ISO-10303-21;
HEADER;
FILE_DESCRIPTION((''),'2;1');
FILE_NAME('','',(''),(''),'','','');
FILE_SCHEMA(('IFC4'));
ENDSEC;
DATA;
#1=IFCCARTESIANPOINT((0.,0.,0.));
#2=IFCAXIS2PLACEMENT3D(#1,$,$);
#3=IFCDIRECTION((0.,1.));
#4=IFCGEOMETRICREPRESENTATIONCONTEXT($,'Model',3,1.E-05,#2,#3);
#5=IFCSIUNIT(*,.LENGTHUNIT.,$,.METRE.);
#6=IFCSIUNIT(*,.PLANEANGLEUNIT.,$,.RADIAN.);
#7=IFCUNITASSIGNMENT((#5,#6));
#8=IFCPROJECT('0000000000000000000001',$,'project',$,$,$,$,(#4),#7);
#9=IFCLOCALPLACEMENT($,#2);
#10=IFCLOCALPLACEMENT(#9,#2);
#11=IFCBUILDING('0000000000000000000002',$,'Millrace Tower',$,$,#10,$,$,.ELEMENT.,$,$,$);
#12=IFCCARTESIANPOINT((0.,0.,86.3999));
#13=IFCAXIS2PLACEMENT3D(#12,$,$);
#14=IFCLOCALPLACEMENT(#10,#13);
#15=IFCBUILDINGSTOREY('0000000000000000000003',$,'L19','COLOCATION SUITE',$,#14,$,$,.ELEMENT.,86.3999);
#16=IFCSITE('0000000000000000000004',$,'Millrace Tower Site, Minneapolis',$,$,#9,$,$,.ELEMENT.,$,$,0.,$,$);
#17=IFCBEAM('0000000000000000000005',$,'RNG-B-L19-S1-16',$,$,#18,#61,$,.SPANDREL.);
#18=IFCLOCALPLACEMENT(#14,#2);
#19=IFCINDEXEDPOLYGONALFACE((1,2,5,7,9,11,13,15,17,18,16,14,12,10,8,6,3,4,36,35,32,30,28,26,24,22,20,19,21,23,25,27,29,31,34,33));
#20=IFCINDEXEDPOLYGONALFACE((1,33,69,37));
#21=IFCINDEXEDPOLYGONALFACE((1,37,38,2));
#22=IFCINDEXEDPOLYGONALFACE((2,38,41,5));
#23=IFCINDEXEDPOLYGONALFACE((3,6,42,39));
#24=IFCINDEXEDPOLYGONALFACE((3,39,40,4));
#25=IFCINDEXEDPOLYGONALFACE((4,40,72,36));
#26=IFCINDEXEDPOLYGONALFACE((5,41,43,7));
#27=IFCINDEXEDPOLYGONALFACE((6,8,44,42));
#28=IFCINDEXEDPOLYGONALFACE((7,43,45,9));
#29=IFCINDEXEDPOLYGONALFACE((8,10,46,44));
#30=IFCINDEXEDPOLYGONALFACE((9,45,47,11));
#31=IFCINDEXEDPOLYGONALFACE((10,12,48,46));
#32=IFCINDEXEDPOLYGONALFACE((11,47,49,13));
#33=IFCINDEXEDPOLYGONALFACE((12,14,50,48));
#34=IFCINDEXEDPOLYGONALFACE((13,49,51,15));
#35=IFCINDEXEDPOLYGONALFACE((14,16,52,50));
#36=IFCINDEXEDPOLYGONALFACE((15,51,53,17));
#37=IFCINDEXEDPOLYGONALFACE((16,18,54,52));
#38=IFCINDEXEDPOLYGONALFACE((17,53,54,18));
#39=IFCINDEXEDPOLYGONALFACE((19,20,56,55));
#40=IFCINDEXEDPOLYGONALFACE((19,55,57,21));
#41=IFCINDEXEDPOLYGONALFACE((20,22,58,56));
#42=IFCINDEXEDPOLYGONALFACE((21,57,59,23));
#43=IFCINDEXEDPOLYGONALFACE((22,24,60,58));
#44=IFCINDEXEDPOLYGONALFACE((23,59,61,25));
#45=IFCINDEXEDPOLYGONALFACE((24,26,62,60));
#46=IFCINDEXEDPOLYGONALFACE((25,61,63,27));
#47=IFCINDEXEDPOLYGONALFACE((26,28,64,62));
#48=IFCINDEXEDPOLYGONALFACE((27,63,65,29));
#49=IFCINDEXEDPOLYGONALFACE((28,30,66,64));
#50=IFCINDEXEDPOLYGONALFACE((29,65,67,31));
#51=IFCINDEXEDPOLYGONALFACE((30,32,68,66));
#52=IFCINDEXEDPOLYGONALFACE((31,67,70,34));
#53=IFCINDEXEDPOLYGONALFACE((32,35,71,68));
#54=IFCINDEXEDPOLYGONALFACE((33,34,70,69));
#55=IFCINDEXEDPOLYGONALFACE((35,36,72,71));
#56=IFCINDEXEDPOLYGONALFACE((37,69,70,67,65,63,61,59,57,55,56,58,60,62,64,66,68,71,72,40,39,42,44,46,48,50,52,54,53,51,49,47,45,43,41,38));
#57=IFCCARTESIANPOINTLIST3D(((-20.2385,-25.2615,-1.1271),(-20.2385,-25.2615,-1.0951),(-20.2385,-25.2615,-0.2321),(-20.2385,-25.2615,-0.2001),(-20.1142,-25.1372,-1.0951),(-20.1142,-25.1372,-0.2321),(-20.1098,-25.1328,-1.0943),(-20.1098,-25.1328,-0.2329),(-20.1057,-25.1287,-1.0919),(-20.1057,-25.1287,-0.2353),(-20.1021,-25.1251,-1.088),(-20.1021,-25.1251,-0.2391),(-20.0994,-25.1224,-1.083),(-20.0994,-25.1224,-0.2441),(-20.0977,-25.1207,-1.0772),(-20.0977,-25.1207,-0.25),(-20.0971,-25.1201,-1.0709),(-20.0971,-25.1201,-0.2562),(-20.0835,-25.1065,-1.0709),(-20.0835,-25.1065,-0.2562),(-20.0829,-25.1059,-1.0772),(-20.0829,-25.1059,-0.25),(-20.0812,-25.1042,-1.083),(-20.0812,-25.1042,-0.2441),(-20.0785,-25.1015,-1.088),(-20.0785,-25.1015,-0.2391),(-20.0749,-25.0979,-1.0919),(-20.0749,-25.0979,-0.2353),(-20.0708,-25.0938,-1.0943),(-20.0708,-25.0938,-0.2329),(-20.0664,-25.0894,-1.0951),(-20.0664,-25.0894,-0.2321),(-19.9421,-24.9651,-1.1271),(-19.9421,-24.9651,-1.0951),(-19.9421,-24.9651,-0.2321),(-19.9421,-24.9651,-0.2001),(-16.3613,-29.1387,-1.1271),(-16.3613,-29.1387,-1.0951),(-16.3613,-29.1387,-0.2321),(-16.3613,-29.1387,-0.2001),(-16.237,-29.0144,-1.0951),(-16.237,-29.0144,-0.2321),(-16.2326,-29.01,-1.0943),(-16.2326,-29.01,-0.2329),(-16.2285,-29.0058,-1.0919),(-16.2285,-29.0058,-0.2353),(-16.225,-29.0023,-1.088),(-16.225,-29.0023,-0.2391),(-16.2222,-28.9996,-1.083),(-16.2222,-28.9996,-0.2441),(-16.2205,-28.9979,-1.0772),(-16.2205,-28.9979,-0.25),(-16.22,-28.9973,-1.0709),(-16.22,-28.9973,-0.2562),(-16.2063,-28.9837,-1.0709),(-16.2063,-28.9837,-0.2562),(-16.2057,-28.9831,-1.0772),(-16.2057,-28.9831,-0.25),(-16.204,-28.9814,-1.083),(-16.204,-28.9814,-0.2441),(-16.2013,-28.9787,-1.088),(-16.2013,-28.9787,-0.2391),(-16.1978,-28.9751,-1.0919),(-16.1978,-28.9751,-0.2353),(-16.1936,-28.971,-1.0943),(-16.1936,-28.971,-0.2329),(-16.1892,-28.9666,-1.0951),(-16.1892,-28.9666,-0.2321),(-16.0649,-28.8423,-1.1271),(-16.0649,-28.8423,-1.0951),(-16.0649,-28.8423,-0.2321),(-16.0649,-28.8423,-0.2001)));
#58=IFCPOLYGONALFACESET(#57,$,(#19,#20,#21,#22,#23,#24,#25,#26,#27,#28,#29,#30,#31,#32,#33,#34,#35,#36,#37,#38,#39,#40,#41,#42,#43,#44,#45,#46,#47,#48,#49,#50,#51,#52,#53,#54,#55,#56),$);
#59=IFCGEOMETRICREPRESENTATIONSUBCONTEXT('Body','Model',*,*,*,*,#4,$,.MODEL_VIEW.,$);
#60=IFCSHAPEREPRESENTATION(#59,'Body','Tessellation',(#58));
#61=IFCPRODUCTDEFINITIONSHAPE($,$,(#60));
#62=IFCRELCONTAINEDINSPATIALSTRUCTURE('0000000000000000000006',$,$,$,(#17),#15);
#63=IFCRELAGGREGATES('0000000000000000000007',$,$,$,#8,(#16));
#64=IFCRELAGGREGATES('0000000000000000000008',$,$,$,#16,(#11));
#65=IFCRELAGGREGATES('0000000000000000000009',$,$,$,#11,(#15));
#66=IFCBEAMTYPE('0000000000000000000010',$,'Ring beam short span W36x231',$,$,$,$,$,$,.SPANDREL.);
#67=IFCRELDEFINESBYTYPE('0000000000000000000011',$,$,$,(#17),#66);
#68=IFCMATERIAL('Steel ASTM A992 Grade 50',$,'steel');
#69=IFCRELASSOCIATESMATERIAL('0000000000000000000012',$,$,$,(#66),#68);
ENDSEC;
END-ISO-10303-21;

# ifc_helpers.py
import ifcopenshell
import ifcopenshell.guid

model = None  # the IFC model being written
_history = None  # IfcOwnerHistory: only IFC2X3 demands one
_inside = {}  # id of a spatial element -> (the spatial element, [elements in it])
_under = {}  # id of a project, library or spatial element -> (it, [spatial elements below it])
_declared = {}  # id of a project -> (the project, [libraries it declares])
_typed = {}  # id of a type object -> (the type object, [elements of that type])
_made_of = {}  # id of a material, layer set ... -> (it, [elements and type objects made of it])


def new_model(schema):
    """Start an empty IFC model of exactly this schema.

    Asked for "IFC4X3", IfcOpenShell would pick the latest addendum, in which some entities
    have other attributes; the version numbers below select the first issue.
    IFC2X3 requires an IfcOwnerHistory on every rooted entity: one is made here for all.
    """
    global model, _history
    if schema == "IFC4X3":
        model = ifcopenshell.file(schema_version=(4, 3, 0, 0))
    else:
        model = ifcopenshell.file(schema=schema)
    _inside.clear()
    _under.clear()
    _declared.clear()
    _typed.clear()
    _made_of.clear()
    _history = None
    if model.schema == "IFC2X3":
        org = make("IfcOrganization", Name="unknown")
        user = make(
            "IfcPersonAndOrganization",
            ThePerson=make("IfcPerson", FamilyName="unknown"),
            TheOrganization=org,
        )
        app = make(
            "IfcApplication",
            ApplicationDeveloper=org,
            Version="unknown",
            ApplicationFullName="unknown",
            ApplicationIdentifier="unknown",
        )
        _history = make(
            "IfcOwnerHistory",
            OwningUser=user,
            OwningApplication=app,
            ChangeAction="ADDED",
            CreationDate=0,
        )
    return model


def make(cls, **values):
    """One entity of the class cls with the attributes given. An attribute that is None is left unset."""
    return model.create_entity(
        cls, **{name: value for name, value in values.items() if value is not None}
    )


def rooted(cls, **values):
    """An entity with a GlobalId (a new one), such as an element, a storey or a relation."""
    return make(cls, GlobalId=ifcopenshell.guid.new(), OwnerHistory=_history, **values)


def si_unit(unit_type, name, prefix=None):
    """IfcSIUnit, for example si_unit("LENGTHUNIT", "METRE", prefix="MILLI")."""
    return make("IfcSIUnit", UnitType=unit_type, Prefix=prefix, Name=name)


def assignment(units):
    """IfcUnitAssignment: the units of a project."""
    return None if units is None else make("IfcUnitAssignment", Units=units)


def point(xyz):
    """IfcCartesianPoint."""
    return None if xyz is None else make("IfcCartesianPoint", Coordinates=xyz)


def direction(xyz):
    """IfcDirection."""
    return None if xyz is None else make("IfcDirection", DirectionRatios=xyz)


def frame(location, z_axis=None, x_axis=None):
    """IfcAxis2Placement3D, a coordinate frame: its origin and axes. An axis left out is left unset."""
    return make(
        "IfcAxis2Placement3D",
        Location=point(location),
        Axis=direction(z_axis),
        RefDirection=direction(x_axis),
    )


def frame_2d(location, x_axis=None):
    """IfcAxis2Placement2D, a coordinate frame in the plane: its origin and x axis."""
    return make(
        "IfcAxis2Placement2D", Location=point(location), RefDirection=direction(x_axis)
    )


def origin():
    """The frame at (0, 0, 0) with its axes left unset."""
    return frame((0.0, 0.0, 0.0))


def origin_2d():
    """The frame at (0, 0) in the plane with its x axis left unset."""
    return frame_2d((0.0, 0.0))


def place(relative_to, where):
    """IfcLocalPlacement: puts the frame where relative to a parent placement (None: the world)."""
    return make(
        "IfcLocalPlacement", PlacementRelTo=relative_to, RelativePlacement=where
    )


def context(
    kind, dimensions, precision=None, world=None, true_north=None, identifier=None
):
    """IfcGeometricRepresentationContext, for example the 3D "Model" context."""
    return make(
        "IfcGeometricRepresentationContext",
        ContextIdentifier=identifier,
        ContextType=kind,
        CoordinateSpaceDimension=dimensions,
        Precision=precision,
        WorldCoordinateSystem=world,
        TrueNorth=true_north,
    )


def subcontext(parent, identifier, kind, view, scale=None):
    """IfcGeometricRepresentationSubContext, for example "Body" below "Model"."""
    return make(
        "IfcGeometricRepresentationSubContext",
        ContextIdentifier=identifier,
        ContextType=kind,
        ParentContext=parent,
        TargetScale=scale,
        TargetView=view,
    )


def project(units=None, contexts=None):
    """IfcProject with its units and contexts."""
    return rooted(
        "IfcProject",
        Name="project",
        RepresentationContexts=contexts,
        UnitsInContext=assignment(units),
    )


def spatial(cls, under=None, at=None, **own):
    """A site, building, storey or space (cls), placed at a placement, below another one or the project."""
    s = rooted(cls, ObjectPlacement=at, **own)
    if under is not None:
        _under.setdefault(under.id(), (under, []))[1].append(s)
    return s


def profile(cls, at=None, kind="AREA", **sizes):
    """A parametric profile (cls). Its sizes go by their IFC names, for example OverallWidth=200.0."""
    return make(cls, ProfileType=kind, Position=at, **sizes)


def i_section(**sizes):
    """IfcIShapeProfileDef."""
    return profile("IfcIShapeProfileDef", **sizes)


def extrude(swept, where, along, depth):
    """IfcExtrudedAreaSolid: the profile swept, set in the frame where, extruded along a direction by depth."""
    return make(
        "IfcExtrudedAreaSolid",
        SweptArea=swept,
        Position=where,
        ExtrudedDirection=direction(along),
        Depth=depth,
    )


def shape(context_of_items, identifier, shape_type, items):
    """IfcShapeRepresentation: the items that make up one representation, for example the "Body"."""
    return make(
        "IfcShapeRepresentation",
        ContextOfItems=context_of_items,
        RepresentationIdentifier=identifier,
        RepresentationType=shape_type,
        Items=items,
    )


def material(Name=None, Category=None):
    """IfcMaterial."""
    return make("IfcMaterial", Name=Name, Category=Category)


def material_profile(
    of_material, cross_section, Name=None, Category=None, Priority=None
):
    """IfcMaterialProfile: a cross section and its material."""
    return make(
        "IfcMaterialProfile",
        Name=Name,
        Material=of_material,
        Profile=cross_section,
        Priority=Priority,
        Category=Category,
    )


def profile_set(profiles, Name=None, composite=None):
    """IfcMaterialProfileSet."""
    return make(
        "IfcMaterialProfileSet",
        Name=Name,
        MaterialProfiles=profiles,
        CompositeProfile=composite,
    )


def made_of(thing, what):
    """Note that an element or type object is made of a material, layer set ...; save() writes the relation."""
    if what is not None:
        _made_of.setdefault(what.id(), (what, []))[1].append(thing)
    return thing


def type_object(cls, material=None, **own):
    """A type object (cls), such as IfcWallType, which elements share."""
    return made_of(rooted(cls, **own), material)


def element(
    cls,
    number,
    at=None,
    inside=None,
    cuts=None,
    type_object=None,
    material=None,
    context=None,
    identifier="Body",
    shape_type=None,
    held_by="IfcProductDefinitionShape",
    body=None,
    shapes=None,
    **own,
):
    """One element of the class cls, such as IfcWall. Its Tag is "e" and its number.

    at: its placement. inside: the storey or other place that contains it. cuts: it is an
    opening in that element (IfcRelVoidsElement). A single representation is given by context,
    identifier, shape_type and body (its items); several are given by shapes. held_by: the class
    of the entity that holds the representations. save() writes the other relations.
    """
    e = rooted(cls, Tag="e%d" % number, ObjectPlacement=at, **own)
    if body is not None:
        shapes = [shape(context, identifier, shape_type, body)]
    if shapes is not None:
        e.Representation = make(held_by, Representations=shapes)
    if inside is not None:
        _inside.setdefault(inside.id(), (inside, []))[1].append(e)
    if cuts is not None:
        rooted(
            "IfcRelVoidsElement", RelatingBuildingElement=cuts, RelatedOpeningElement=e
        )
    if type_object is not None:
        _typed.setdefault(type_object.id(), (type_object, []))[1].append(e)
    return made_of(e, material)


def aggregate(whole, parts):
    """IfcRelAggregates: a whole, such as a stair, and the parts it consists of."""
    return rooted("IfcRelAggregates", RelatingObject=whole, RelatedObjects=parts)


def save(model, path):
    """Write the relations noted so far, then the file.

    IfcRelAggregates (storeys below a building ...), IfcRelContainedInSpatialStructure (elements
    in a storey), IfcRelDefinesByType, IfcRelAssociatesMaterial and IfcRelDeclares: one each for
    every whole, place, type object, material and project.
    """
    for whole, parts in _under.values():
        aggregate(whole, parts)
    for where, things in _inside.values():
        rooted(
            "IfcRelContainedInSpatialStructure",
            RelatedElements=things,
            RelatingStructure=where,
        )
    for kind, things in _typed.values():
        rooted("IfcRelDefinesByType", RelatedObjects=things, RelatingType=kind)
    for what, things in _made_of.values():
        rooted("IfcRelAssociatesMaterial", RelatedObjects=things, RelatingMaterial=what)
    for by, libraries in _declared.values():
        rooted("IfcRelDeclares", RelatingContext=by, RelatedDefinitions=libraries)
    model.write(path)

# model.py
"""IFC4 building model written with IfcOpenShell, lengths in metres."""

from ifc_helpers import new_model, si_unit, direction, frame, origin, origin_2d, place, context, subcontext, project, spatial, i_section, extrude, material, material_profile, profile_set, type_object, element, save


model = new_model("IFC4")

# Units and contexts
model_context = context("Model", 3, precision=1e-05, world=origin(), true_north=direction((0.0, 1.0)))
body_context = subcontext(model_context, "Body", "Model", "MODEL_VIEW")
ifc_project = project(units=[si_unit("LENGTHUNIT", "METRE"), si_unit("PLANEANGLEUNIT", "RADIAN")], contexts=[model_context])

# Site, building, storey
site_placement = place(None, origin())
site = spatial("IfcSite", under=ifc_project, at=site_placement, Name="Millrace Tower Site, Minneapolis", CompositionType="ELEMENT", RefElevation=0.0)
building_placement = place(site_placement, origin())
building = spatial("IfcBuilding", under=site, at=building_placement, Name="Millrace Tower", CompositionType="ELEMENT")
storey_placement = place(building_placement, frame((0.0, 0.0, 86.3999)))
storey = spatial("IfcBuildingStorey", under=building, at=storey_placement, Name="L19", Description="COLOCATION SUITE", CompositionType="ELEMENT", Elevation=86.3999)

# Beam
ifc_material_1 = material(Name="Steel ASTM A992 Grade 50", Category="steel")
ifc_material_profile_1 = material_profile(ifc_material_1, i_section(OverallWidth=0.4192, OverallDepth=0.927, WebThickness=0.0193, FlangeThickness=0.032, FilletRadius=0.0242, at=origin_2d()))
ifc_profile_set_1 = profile_set([ifc_material_profile_1], Name="Steel ASTM A992 Grade 50")
beam_type_1 = type_object("IfcBeamType", Name="Ring beam short span W36x231", PredefinedType="SPANDREL", material=ifc_profile_set_1)
beam_1_placement = place(storey_placement, frame((-16.2131, -28.9905, -0.6636), z_axis=(-0.707107, 0.707107, 0.0), x_axis=(-0.707107, -0.707107, 0.0)))
element("IfcBeam", 1, at=beam_1_placement, inside=storey, type_object=beam_type_1, Name="RNG-B-L19-S1-16", PredefinedType="SPANDREL", context=body_context, shape_type="SweptSolid", body=[
    extrude(i_section(OverallWidth=0.4192, OverallDepth=0.927, WebThickness=0.0193, FlangeThickness=0.032, FilletRadius=0.0242, at=origin_2d()), origin(), (0.0, 0.0, 1.0), 5.4832),
])

save(model, "model.ifc")
